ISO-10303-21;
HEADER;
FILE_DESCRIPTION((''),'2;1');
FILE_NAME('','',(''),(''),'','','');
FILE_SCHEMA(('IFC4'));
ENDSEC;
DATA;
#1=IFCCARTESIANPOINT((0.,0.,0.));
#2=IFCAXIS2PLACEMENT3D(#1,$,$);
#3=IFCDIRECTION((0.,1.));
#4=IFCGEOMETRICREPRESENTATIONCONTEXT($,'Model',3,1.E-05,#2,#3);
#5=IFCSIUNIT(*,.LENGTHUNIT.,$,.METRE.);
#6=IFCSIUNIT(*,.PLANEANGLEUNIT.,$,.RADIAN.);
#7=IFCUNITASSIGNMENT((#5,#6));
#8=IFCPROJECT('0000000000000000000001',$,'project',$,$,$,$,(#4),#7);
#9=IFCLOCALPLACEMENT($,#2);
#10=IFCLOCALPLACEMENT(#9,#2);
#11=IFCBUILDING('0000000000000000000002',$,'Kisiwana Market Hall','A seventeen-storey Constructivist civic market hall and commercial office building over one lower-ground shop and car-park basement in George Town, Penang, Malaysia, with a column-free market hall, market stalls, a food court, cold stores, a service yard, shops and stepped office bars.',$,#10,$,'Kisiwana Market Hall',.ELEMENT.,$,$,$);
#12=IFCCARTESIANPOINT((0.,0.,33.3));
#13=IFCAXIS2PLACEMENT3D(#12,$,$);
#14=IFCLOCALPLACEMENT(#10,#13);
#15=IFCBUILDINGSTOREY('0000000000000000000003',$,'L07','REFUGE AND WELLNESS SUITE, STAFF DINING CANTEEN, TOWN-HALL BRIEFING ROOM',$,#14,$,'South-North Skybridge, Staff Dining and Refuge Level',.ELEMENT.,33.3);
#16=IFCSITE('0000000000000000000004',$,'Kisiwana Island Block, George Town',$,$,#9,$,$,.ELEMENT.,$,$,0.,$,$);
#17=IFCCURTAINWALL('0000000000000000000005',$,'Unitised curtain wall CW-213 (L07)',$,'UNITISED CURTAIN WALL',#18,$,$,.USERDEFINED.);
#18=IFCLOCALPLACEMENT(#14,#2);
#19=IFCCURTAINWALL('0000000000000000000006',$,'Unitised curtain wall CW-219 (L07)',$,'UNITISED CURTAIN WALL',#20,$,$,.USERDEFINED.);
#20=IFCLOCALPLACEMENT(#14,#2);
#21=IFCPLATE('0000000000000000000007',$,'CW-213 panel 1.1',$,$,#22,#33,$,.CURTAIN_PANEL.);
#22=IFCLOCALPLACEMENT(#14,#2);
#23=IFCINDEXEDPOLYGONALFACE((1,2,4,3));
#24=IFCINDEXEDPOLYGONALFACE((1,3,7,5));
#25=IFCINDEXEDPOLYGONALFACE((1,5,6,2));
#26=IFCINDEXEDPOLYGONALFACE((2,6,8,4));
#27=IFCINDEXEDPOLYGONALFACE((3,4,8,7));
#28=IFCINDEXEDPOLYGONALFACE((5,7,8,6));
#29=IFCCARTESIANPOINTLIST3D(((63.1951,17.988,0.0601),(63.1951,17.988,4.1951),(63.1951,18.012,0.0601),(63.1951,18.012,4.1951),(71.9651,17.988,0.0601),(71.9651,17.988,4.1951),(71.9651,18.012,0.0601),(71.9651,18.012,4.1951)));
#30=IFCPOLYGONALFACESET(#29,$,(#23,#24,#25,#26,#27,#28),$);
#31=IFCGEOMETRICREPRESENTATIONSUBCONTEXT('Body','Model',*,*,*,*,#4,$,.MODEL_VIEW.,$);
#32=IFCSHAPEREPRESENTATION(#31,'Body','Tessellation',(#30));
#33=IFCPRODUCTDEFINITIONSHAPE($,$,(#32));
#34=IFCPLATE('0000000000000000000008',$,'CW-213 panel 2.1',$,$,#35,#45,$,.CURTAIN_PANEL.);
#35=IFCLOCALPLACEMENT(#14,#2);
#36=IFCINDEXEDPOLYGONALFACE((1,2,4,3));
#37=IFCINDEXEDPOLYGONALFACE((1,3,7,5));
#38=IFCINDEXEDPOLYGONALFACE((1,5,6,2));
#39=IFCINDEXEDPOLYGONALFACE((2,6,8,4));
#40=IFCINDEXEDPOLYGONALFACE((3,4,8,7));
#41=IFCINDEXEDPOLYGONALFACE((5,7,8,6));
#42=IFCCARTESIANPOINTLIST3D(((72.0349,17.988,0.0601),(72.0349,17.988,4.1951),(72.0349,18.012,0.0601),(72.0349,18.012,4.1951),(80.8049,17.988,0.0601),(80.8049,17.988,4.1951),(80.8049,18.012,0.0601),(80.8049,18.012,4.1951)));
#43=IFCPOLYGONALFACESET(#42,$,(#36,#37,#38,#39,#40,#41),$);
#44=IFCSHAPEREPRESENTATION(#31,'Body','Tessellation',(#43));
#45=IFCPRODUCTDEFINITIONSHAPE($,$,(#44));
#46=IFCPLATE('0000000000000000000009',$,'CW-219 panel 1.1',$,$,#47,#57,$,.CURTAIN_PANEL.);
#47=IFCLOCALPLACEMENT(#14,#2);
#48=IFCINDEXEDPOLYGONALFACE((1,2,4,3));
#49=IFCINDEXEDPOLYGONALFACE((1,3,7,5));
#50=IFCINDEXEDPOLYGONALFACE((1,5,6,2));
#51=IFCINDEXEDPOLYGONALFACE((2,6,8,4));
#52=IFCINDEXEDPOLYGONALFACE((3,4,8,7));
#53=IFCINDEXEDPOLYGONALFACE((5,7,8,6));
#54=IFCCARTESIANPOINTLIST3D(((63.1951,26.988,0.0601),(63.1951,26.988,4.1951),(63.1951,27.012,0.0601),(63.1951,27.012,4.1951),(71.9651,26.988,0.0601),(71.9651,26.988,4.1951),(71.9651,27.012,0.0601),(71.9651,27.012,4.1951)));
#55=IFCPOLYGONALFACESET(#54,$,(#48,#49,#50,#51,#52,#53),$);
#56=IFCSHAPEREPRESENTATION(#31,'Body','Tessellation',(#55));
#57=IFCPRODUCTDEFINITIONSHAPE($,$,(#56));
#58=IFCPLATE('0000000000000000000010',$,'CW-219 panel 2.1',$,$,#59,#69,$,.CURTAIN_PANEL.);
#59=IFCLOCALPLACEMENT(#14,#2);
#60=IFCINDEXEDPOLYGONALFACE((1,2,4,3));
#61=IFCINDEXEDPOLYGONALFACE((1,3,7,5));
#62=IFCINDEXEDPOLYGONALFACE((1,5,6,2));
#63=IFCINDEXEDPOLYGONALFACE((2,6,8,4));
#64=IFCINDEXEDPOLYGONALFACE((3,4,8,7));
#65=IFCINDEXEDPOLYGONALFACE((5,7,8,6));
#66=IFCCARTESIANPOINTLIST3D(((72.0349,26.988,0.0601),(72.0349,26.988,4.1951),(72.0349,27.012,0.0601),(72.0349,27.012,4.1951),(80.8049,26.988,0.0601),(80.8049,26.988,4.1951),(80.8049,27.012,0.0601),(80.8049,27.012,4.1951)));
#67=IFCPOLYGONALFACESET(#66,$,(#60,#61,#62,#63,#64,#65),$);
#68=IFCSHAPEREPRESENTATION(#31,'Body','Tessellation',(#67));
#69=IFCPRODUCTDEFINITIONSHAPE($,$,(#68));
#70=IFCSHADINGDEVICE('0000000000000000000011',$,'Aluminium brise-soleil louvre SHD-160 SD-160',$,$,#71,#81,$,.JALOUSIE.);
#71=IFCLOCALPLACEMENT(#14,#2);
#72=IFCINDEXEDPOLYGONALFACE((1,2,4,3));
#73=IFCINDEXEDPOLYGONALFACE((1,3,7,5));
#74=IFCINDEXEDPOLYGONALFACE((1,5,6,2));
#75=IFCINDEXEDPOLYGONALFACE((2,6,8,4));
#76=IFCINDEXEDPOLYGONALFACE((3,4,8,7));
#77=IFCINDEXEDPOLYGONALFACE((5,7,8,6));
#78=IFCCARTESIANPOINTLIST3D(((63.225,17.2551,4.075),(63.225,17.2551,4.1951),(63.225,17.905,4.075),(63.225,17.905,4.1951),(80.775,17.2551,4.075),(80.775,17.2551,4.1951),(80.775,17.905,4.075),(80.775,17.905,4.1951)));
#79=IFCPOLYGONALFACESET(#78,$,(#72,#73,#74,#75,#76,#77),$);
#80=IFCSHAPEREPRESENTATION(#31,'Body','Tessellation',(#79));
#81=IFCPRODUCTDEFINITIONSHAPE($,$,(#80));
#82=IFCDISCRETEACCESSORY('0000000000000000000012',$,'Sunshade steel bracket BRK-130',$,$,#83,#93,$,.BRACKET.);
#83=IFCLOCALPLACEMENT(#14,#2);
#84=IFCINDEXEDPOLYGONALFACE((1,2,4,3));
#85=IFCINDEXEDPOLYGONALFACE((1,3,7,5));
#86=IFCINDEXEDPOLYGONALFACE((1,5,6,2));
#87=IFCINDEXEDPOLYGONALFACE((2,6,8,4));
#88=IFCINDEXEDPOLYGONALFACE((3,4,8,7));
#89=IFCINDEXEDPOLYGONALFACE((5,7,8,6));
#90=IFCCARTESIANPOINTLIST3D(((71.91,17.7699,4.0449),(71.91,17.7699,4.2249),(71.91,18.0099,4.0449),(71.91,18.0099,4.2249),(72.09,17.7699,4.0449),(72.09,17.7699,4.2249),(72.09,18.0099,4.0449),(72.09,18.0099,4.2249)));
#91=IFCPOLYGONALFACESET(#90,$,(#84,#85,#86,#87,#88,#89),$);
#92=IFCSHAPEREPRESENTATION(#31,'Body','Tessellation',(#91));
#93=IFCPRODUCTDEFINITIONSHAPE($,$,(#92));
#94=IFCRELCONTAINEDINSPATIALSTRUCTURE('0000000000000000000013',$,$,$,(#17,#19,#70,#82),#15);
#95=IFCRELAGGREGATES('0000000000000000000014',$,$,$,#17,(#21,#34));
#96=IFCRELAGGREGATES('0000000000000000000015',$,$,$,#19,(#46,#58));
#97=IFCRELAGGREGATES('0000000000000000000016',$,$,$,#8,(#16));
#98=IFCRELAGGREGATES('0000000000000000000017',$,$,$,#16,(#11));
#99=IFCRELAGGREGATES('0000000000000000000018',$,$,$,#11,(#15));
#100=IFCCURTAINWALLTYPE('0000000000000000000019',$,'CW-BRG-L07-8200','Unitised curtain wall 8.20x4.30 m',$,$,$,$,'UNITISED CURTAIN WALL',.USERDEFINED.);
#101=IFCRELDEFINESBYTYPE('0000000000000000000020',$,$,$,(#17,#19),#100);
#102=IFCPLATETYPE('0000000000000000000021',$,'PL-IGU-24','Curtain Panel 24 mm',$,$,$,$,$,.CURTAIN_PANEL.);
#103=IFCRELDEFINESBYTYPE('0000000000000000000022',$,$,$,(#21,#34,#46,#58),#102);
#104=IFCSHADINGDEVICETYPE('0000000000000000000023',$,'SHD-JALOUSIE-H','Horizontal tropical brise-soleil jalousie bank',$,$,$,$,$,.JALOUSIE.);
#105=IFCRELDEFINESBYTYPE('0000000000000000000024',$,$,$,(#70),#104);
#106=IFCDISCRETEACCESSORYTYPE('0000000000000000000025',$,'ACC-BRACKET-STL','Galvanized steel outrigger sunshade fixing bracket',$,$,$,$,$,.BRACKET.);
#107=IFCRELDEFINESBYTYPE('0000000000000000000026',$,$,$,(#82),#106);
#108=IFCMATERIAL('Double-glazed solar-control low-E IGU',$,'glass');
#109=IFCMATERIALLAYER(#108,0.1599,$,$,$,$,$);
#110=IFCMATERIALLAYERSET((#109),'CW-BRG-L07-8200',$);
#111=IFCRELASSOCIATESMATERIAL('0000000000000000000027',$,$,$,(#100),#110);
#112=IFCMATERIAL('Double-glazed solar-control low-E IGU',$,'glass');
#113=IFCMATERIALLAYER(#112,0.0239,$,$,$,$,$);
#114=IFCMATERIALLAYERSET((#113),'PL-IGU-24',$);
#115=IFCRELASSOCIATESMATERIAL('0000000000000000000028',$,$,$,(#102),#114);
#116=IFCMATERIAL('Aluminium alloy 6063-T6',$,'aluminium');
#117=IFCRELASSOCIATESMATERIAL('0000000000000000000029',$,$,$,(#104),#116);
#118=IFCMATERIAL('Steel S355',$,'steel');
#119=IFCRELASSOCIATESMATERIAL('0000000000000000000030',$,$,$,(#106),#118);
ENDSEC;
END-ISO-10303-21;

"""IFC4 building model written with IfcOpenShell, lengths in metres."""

from ifc_helpers import new_model, si_unit, direction, frame, origin, origin_2d, place, context, subcontext, project, spatial, rectangle, extrude, material, layer, layer_set, type_object, element, aggregate, save


model = new_model("IFC4")

# Units and contexts
model_context = context("Model", 3, precision=1e-05, world=origin(), true_north=direction((0.0, 1.0)))
body_context = subcontext(model_context, "Body", "Model", "MODEL_VIEW")
ifc_project = project(units=[si_unit("LENGTHUNIT", "METRE"), si_unit("PLANEANGLEUNIT", "RADIAN")], contexts=[model_context])

# Site, building, storey
site_placement = place(None, origin())
site = spatial("IfcSite", under=ifc_project, at=site_placement, Name="Kisiwana Island Block, George Town", CompositionType="ELEMENT", RefElevation=0.0)
building_placement = place(site_placement, origin())
building = spatial("IfcBuilding", under=site, at=building_placement, Name="Kisiwana Market Hall", Description="A seventeen-storey Constructivist civic market hall and commercial office building over one lower-ground shop and car-park basement in George Town, Penang, Malaysia, with a column-free market hall, market stalls, a food court, cold stores, a service yard, shops and stepped office bars.", LongName="Kisiwana Market Hall", CompositionType="ELEMENT")
storey_placement = place(building_placement, frame((0.0, 0.0, 33.3)))
storey = spatial("IfcBuildingStorey", under=building, at=storey_placement, Name="L07", Description="REFUGE AND WELLNESS SUITE, STAFF DINING CANTEEN, TOWN-HALL BRIEFING ROOM", LongName="South-North Skybridge, Staff Dining and Refuge Level", CompositionType="ELEMENT", Elevation=33.3)

# Curtain walls
ifc_material_1 = material(Name="Double-glazed solar-control low-E IGU", Category="glass")
ifc_layer_1 = layer(ifc_material_1, 0.1599)
ifc_layer_set_1 = layer_set([ifc_layer_1], Name="CW-BRG-L07-8200")
curtain_wall_type = type_object("IfcCurtainWallType", Name="CW-BRG-L07-8200", Description="Unitised curtain wall 8.20x4.30 m", ElementType="UNITISED CURTAIN WALL", PredefinedType="USERDEFINED", material=ifc_layer_set_1)
curtain_wall_1_placement = place(storey_placement, origin())
curtain_wall_1 = element("IfcCurtainWall", 1, at=curtain_wall_1_placement, inside=storey, type_object=curtain_wall_type, Name="Unitised curtain wall CW-213 (L07)", ObjectType="UNITISED CURTAIN WALL", PredefinedType="USERDEFINED")
curtain_wall_2_placement = place(storey_placement, origin())
curtain_wall_2 = element("IfcCurtainWall", 2, at=curtain_wall_2_placement, inside=storey, type_object=curtain_wall_type, Name="Unitised curtain wall CW-219 (L07)", ObjectType="UNITISED CURTAIN WALL", PredefinedType="USERDEFINED")

# Plates
ifc_material_2 = material(Name="Double-glazed solar-control low-E IGU", Category="glass")
ifc_layer_2 = layer(ifc_material_2, 0.0239)
ifc_layer_set_2 = layer_set([ifc_layer_2], Name="PL-IGU-24")
plate_type = type_object("IfcPlateType", Name="PL-IGU-24", Description="Curtain Panel 24 mm", PredefinedType="CURTAIN_PANEL", material=ifc_layer_set_2)
plate_1_placement = place(storey_placement, frame((67.5801, 18.0, 0.0601), z_axis=(0.0, 0.0, 1.0), x_axis=(1.0, 0.0, 0.0)))
plate_1 = element("IfcPlate", 3, at=plate_1_placement, type_object=plate_type, Name="CW-213 panel 1.1", PredefinedType="CURTAIN_PANEL", context=body_context, shape_type="SweptSolid", body=[
    extrude(rectangle(XDim=8.77, YDim=0.0239, at=origin_2d()), origin(), (0.0, 0.0, 1.0), 4.135),
])
plate_2_placement = place(storey_placement, frame((76.4199, 18.0, 0.0601), z_axis=(0.0, 0.0, 1.0), x_axis=(1.0, 0.0, 0.0)))
plate_2 = element("IfcPlate", 4, at=plate_2_placement, type_object=plate_type, Name="CW-213 panel 2.1", PredefinedType="CURTAIN_PANEL", context=body_context, shape_type="SweptSolid", body=[
    extrude(rectangle(XDim=8.77, YDim=0.0239, at=origin_2d()), origin(), (0.0, 0.0, 1.0), 4.135),
])
aggregate(curtain_wall_1, [plate_1, plate_2])
plate_3_placement = place(storey_placement, frame((67.5801, 27.0, 0.0601), z_axis=(0.0, 0.0, 1.0), x_axis=(1.0, 0.0, 0.0)))
plate_3 = element("IfcPlate", 5, at=plate_3_placement, type_object=plate_type, Name="CW-219 panel 1.1", PredefinedType="CURTAIN_PANEL", context=body_context, shape_type="SweptSolid", body=[
    extrude(rectangle(XDim=8.77, YDim=0.0239, at=origin_2d()), origin(), (0.0, 0.0, 1.0), 4.135),
])
plate_4_placement = place(storey_placement, frame((76.4199, 27.0, 0.0601), z_axis=(0.0, 0.0, 1.0), x_axis=(1.0, 0.0, 0.0)))
plate_4 = element("IfcPlate", 6, at=plate_4_placement, type_object=plate_type, Name="CW-219 panel 2.1", PredefinedType="CURTAIN_PANEL", context=body_context, shape_type="SweptSolid", body=[
    extrude(rectangle(XDim=8.77, YDim=0.0239, at=origin_2d()), origin(), (0.0, 0.0, 1.0), 4.135),
])
aggregate(curtain_wall_2, [plate_3, plate_4])

# Shading device
ifc_material_3 = material(Name="Aluminium alloy 6063-T6", Category="aluminium")
shading_device_type = type_object("IfcShadingDeviceType", Name="SHD-JALOUSIE-H", Description="Horizontal tropical brise-soleil jalousie bank", PredefinedType="JALOUSIE", material=ifc_material_3)
shading_device_placement = place(storey_placement, frame((72.0, 17.5801, 4.075), z_axis=(0.0, 0.0, 1.0), x_axis=(1.0, 0.0, 0.0)))
element("IfcShadingDevice", 7, at=shading_device_placement, inside=storey, type_object=shading_device_type, Name="Aluminium brise-soleil louvre SHD-160 SD-160", PredefinedType="JALOUSIE", context=body_context, shape_type="SweptSolid", body=[
    extrude(rectangle(XDim=17.55, YDim=0.6499, at=origin_2d()), origin(), (0.0, 0.0, 1.0), 0.1201),
])

# Discrete accessory
ifc_material_4 = material(Name="Steel S355", Category="steel")
discrete_accessory_type = type_object("IfcDiscreteAccessoryType", Name="ACC-BRACKET-STL", Description="Galvanized steel outrigger sunshade fixing bracket", PredefinedType="BRACKET", material=ifc_material_4)
discrete_accessory_placement = place(storey_placement, frame((72.0, 17.8899, 4.0449), z_axis=(0.0, 0.0, 1.0), x_axis=(1.0, 0.0, 0.0)))
element("IfcDiscreteAccessory", 8, at=discrete_accessory_placement, inside=storey, type_object=discrete_accessory_type, Name="Sunshade steel bracket BRK-130", PredefinedType="BRACKET", context=body_context, shape_type="SweptSolid", body=[
    extrude(rectangle(XDim=0.1799, YDim=0.24, at=origin_2d()), origin(), (0.0, 0.0, 1.0), 0.1799),
])

save(model, "model.ifc")
